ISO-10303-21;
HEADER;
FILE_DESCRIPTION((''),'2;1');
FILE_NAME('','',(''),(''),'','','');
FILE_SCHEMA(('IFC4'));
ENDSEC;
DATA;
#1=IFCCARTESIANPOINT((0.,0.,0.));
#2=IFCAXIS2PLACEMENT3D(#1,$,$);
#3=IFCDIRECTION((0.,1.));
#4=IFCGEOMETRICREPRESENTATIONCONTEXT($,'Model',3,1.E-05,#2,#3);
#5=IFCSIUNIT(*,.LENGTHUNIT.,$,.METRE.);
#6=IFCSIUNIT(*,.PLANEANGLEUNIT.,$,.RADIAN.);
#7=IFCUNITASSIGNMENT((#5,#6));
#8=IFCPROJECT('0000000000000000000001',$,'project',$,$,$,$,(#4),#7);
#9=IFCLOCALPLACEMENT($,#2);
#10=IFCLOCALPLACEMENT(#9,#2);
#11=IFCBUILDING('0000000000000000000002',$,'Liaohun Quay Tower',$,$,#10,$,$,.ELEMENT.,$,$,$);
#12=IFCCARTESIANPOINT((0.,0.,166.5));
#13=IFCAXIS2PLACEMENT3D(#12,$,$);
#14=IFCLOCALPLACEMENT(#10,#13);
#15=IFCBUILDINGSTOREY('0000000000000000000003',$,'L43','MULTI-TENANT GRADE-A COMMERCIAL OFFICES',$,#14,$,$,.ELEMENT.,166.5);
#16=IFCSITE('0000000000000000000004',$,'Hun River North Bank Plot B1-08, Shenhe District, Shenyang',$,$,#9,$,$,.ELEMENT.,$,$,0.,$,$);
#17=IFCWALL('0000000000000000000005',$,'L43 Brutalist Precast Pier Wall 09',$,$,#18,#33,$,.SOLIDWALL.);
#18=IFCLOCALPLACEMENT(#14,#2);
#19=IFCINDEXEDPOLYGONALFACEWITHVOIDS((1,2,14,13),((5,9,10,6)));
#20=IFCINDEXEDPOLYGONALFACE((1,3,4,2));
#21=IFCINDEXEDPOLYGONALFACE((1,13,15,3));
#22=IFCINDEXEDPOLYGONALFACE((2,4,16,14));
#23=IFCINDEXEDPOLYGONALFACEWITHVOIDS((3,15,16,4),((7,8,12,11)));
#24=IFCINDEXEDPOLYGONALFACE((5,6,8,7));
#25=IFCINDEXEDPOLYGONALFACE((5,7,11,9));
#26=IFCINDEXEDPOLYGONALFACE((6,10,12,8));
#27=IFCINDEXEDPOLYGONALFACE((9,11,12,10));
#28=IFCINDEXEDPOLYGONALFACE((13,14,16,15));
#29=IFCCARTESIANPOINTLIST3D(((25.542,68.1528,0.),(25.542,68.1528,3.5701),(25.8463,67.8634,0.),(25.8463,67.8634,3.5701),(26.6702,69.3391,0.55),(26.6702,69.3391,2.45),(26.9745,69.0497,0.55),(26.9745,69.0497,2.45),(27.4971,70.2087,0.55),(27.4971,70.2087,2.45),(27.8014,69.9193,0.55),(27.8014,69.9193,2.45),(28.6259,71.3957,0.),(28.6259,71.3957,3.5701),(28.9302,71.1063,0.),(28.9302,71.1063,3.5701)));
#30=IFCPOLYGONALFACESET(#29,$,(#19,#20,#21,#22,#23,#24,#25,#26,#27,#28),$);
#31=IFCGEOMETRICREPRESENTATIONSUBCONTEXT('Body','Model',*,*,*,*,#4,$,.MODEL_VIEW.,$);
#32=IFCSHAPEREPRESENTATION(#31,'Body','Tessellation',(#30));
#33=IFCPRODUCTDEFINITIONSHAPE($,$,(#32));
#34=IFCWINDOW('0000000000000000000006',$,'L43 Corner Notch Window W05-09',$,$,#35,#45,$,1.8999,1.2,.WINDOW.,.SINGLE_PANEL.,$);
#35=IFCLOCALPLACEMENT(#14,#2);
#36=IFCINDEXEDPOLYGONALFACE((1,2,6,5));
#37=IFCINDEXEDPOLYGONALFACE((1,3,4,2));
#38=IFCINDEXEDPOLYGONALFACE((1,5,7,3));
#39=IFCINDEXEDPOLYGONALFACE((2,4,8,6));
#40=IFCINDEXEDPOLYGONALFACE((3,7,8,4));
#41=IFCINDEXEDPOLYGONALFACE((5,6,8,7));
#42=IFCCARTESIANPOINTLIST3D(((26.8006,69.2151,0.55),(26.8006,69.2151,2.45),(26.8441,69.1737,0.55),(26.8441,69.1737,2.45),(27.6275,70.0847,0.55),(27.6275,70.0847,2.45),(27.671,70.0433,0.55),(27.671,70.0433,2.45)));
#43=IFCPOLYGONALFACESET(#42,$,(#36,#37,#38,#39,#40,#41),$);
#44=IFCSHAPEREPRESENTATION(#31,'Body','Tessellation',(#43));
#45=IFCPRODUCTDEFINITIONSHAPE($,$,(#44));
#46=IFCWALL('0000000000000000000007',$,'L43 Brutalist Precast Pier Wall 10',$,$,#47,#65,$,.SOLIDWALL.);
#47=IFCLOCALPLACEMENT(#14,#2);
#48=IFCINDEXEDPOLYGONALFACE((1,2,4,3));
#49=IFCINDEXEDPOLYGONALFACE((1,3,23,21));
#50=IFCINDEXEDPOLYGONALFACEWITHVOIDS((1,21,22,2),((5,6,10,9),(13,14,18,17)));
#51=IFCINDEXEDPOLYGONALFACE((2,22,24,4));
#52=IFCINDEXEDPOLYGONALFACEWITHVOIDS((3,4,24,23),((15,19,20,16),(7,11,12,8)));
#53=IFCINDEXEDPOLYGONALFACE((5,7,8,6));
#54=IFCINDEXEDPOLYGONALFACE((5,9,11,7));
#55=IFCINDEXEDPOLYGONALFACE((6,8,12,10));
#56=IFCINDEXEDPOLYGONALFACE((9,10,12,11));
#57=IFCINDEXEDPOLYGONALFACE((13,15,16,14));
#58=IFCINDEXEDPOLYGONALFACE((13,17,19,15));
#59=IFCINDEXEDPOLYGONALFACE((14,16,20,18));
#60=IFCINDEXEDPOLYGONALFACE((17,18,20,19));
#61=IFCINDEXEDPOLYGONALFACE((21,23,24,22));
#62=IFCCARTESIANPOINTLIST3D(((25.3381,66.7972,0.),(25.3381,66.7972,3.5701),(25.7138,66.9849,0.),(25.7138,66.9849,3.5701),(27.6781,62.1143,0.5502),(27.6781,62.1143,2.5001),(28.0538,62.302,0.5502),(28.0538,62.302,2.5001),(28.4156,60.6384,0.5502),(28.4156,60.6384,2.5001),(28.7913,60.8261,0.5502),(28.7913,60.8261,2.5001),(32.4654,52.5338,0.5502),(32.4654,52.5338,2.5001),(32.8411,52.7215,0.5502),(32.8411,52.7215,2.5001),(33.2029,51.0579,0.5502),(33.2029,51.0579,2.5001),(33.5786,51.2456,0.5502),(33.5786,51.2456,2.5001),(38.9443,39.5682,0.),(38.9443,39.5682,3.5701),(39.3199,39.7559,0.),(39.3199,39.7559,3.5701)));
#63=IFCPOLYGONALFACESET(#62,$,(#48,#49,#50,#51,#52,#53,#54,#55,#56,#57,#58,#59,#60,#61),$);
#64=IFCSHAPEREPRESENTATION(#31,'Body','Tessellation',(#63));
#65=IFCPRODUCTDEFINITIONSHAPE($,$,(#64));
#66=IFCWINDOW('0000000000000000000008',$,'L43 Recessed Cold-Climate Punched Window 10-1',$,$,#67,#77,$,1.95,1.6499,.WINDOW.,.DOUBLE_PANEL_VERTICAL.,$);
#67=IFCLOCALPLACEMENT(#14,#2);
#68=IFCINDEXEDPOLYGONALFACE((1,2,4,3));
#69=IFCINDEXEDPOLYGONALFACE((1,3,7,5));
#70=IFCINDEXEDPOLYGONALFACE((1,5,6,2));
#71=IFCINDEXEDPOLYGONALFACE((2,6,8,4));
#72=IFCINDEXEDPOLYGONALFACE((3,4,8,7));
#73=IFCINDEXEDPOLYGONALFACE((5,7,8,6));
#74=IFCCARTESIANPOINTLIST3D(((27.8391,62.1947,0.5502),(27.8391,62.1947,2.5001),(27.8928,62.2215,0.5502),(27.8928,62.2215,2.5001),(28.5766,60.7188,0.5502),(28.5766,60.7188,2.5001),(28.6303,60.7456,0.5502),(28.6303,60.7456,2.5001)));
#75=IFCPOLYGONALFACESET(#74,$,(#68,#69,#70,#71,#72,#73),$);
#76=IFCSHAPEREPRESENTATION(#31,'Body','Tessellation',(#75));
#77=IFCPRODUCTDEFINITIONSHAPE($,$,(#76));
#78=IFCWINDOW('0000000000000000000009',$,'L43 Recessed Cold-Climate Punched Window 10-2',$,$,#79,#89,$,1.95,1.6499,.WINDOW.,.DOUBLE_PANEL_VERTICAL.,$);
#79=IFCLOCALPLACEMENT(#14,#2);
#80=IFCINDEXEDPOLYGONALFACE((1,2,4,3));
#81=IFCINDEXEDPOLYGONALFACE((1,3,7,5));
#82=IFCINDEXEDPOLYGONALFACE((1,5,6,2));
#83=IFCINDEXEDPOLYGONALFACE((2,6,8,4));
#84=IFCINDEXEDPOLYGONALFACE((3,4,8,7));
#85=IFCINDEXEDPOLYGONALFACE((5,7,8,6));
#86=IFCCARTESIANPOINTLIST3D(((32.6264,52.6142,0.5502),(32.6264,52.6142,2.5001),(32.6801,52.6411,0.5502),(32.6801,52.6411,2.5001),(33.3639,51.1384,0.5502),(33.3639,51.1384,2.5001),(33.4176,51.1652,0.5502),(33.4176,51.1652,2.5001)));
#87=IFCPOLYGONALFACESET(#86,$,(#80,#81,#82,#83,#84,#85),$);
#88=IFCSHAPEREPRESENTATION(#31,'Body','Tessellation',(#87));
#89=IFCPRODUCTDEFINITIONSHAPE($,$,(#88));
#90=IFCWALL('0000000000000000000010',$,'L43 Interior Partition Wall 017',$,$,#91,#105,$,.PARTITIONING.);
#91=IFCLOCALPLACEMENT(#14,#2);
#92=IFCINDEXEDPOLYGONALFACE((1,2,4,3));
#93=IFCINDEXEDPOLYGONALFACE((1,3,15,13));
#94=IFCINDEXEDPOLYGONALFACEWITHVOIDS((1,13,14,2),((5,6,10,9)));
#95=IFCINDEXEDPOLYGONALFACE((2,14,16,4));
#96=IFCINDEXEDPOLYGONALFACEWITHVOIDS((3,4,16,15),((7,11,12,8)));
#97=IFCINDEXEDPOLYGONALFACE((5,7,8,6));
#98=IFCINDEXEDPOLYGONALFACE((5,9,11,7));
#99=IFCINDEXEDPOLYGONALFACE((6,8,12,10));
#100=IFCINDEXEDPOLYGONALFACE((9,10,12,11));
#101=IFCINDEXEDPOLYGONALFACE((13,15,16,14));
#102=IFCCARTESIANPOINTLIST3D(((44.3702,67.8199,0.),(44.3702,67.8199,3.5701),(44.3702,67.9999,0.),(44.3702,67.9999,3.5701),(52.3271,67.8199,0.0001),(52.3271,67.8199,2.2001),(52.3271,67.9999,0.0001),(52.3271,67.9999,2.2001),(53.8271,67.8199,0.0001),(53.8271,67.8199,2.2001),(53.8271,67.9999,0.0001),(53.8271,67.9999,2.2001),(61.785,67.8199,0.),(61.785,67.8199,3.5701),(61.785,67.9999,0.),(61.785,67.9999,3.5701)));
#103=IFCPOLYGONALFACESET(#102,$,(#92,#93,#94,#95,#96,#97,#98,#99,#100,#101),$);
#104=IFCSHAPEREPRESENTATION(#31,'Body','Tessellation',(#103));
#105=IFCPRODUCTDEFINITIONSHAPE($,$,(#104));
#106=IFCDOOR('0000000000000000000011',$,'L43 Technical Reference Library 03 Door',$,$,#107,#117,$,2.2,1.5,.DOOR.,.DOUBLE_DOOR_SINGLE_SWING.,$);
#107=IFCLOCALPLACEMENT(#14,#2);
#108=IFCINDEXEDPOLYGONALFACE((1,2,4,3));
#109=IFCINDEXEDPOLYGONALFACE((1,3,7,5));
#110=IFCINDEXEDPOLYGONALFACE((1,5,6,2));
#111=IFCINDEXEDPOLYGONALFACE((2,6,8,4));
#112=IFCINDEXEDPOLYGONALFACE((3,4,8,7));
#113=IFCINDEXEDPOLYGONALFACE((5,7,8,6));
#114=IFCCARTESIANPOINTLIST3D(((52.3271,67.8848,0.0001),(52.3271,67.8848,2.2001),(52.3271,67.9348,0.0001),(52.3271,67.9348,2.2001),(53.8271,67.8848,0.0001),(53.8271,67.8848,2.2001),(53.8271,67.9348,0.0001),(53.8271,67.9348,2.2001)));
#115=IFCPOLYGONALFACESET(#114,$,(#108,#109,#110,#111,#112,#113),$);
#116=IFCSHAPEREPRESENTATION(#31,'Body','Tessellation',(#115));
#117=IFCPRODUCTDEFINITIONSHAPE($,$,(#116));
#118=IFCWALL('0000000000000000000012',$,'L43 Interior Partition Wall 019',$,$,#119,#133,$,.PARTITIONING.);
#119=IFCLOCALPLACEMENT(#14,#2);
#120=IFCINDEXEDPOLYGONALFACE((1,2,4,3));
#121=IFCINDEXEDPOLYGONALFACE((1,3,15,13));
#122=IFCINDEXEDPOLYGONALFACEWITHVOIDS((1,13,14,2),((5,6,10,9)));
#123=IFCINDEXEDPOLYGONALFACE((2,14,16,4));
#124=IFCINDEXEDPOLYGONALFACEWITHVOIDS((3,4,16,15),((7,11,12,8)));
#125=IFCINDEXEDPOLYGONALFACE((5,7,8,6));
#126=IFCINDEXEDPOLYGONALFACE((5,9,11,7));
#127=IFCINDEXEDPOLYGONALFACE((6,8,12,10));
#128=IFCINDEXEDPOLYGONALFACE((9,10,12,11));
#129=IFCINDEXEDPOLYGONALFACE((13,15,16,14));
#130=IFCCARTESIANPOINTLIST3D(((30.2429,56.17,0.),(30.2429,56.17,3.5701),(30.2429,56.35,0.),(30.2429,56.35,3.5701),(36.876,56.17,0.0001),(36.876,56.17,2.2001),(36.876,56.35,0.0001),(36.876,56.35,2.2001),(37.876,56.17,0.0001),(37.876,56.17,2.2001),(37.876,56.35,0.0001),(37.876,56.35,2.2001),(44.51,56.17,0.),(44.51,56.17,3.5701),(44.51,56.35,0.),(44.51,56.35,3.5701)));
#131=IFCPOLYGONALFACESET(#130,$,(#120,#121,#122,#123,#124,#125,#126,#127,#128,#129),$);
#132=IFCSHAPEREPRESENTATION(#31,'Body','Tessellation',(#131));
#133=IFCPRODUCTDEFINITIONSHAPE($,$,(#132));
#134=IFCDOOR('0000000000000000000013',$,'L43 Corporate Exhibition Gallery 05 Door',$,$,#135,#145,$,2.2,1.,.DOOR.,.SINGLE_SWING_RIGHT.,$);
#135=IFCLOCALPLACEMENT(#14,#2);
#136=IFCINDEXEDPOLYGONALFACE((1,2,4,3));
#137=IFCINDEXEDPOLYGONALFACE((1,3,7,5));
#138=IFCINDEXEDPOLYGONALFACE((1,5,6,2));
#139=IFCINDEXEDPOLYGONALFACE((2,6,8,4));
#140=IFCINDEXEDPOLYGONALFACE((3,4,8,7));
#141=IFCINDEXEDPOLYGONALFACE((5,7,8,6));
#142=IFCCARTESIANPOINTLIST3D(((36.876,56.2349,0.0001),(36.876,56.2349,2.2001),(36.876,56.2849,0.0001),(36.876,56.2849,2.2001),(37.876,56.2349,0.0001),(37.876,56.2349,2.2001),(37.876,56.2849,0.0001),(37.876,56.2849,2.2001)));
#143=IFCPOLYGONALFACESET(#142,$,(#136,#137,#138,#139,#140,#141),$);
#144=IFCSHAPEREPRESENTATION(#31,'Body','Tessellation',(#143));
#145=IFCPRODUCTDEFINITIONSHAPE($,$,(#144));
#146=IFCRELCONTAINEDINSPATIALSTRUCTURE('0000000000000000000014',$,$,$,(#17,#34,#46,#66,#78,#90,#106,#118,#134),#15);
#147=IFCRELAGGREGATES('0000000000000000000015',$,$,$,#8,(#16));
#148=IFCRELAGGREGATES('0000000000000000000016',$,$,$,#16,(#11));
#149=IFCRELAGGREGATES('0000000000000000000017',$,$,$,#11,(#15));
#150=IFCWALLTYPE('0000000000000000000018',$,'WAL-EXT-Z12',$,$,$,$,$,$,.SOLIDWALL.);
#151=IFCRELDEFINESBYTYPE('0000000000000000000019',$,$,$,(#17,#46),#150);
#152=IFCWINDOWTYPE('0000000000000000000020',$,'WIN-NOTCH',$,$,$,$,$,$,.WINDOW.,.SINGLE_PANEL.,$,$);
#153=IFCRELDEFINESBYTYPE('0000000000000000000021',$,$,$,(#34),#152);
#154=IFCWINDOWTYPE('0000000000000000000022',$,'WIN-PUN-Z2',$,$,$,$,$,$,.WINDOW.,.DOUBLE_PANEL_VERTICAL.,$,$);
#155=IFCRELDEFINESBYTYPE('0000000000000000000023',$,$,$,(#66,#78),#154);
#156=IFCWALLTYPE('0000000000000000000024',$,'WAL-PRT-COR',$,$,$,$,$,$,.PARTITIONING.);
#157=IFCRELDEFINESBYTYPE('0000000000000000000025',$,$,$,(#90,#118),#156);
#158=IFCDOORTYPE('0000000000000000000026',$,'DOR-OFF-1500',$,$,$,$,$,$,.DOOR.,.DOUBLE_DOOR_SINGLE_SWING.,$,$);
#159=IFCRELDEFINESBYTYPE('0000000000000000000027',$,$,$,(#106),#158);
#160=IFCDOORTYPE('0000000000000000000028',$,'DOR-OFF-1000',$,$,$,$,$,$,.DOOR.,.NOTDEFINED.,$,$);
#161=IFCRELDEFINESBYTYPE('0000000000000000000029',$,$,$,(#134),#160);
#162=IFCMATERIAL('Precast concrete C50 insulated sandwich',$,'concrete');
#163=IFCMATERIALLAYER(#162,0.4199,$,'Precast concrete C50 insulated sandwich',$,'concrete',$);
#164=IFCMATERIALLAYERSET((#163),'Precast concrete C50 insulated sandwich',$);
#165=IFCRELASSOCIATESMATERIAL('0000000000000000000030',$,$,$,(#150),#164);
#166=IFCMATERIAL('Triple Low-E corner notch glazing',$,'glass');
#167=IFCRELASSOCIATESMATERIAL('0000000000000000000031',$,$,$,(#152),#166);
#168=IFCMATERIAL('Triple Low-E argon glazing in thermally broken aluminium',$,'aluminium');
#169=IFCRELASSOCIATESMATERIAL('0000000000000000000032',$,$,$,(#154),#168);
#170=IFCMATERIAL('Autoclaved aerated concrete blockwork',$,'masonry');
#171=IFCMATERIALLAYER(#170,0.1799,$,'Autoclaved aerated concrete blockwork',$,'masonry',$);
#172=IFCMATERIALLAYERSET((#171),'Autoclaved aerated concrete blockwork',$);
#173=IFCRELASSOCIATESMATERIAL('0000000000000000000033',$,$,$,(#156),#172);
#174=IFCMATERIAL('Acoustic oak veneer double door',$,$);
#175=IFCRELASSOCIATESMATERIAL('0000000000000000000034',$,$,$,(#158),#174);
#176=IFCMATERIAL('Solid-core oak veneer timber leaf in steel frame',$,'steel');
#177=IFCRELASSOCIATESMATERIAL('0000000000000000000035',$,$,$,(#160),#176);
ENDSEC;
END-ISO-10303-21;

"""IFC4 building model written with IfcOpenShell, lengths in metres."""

from ifc_helpers import new_model, si_unit, direction, frame, frame_2d, origin, place, context, subcontext, project, spatial, rectangle, extrude, source, transform, mapped, material, layer, layer_set, type_object, element, fill, save


model = new_model("IFC4")

# Units and contexts
model_context = context("Model", 3, precision=1e-05, world=origin(), true_north=direction((0.0, 1.0)))
body_context = subcontext(model_context, "Body", "Model", "MODEL_VIEW")
ifc_project = project(units=[si_unit("LENGTHUNIT", "METRE"), si_unit("PLANEANGLEUNIT", "RADIAN")], contexts=[model_context])

# Site, building, storey
site_placement = place(None, origin())
site = spatial("IfcSite", under=ifc_project, at=site_placement, Name="Hun River North Bank Plot B1-08, Shenhe District, Shenyang", CompositionType="ELEMENT", RefElevation=0.0)
building_placement = place(site_placement, origin())
building = spatial("IfcBuilding", under=site, at=building_placement, Name="Liaohun Quay Tower", CompositionType="ELEMENT")
storey_placement = place(building_placement, frame((0.0, 0.0, 166.5)))
storey = spatial("IfcBuildingStorey", under=building, at=storey_placement, Name="L43", Description="MULTI-TENANT GRADE-A COMMERCIAL OFFICES", CompositionType="ELEMENT", Elevation=166.5)

# Wall, opening, window
ifc_material_1 = material(Name="Precast concrete C50 insulated sandwich", Category="concrete")
ifc_layer_1 = layer(ifc_material_1, 0.4199, Name="Precast concrete C50 insulated sandwich", Category="concrete")
ifc_layer_set_1 = layer_set([ifc_layer_1], Name="Precast concrete C50 insulated sandwich")
wall_type_1 = type_object("IfcWallType", Name="WAL-EXT-Z12", PredefinedType="SOLIDWALL", material=ifc_layer_set_1)
shared_shape_1 = source(origin(), body_context, "Body", "SweptSolid", [
    extrude(rectangle(XDim=1.2, YDim=1.8999, at=frame_2d((0.6001, 0.95))), frame((0.0, 0.22, 0.0), z_axis=(0.0, -1.0, 0.0), x_axis=(1.0, 0.0, 0.0)), (0.0, 0.0, 1.0), 0.4399),
])
ifc_material_2 = material(Name="Triple Low-E corner notch glazing", Category="glass")
window_type_1 = type_object("IfcWindowType", Name="WIN-NOTCH", PartitioningType="SINGLE_PANEL", PredefinedType="WINDOW", material=ifc_material_2)
shared_shape_2 = source(origin(), body_context, "Body", "SweptSolid", [
    extrude(rectangle(XDim=1.2, YDim=1.8999, at=frame_2d((0.6001, 0.95))), frame((0.0, 0.03, 0.0), z_axis=(0.0, -1.0, 0.0), x_axis=(1.0, 0.0, 0.0)), (0.0, 0.0, 1.0), 0.0601),
])
wall_1_placement = place(storey_placement, frame((28.7781, 71.251, 0.0), z_axis=(0.0, 0.0, 1.0), x_axis=(-0.689126, -0.724641, 0.0)))
wall_1 = element("IfcWall", 1, at=wall_1_placement, inside=storey, type_object=wall_type_1, Name="L43 Brutalist Precast Pier Wall 09", PredefinedType="SOLIDWALL", context=body_context, shape_type="SweptSolid", body=[
    extrude(rectangle(XDim=4.4751, YDim=0.4199, at=frame_2d((2.2375, 0.0))), origin(), (0.0, 0.0, 1.0), 3.5701),
])
opening_1_placement = place(wall_1_placement, frame((1.6379, 0.0, 0.55)))
opening_1 = element("IfcOpeningElement", 2, at=opening_1_placement, cuts=wall_1, PredefinedType="OPENING", context=body_context, shape_type="MappedRepresentation", body=[
    mapped(shared_shape_1, transform((0.0, 0.0, 0.0), x_axis=(1.0, 0.0, 0.0), y_axis=(0.0, 1.0, 0.0), z_axis=(0.0, 0.0, 1.0), scale=1.0)),
])
window_1_placement = place(opening_1_placement, origin())
window_1 = element("IfcWindow", 3, at=window_1_placement, inside=storey, type_object=window_type_1, Name="L43 Corner Notch Window W05-09", OverallHeight=1.8999, OverallWidth=1.2, PartitioningType="SINGLE_PANEL", PredefinedType="WINDOW", context=body_context, shape_type="MappedRepresentation", body=[
    mapped(shared_shape_2, transform((0.0, 0.0, 0.0), x_axis=(1.0, 0.0, 0.0), y_axis=(0.0, 1.0, 0.0), z_axis=(0.0, 0.0, 1.0), scale=1.0)),
])
fill(opening_1, window_1)

# Wall, openings, windows
wall_2_placement = place(storey_placement, frame((25.5259, 66.8911, 0.0), z_axis=(0.0, 0.0, 1.0), x_axis=(0.446995, -0.894536, 0.0)))
wall_2 = element("IfcWall", 4, at=wall_2_placement, inside=storey, type_object=wall_type_1, Name="L43 Brutalist Precast Pier Wall 10", PredefinedType="SOLIDWALL", context=body_context, shape_type="SweptSolid", body=[
    extrude(rectangle(XDim=30.4392, YDim=0.4199, at=frame_2d((15.2197, 0.0))), origin(), (0.0, 0.0, 1.0), 3.5701),
])
shared_shape_3 = source(origin(), body_context, "Body", "SweptSolid", [
    extrude(rectangle(XDim=1.6499, YDim=1.95, at=frame_2d((0.825, 0.9751))), frame((0.0, 0.22, 0.0), z_axis=(0.0, -1.0, 0.0), x_axis=(1.0, 0.0, 0.0)), (0.0, 0.0, 1.0), 0.4399),
])
opening_2_placement = place(wall_2_placement, frame((5.2351, 0.0, 0.55)))
opening_2 = element("IfcOpeningElement", 5, at=opening_2_placement, cuts=wall_2, PredefinedType="OPENING", context=body_context, shape_type="MappedRepresentation", body=[
    mapped(shared_shape_3, transform((0.0, 0.0, 0.0), x_axis=(1.0, 0.0, 0.0), y_axis=(0.0, 1.0, 0.0), z_axis=(0.0, 0.0, 1.0), scale=1.0)),
])
opening_3_placement = place(wall_2_placement, frame((15.9451, 0.0, 0.55)))
opening_3 = element("IfcOpeningElement", 6, at=opening_3_placement, cuts=wall_2, PredefinedType="OPENING", context=body_context, shape_type="MappedRepresentation", body=[
    mapped(shared_shape_3, transform((0.0, 0.0, 0.0), x_axis=(1.0, 0.0, 0.0), y_axis=(0.0, 1.0, 0.0), z_axis=(0.0, 0.0, 1.0), scale=1.0)),
])
ifc_material_3 = material(Name="Triple Low-E argon glazing in thermally broken aluminium", Category="aluminium")
window_type_2 = type_object("IfcWindowType", Name="WIN-PUN-Z2", PartitioningType="DOUBLE_PANEL_VERTICAL", PredefinedType="WINDOW", material=ifc_material_3)
shared_shape_4 = source(origin(), body_context, "Body", "SweptSolid", [
    extrude(rectangle(XDim=1.6499, YDim=1.95, at=frame_2d((0.825, 0.9751))), frame((0.0, 0.03, 0.0), z_axis=(0.0, -1.0, 0.0), x_axis=(1.0, 0.0, 0.0)), (0.0, 0.0, 1.0), 0.0601),
])
window_2_placement = place(opening_2_placement, origin())
window_2 = element("IfcWindow", 7, at=window_2_placement, inside=storey, type_object=window_type_2, Name="L43 Recessed Cold-Climate Punched Window 10-1", OverallHeight=1.95, OverallWidth=1.6499, PartitioningType="DOUBLE_PANEL_VERTICAL", PredefinedType="WINDOW", context=body_context, shape_type="MappedRepresentation", body=[
    mapped(shared_shape_4, transform((0.0, 0.0, 0.0), x_axis=(1.0, 0.0, 0.0), y_axis=(0.0, 1.0, 0.0), z_axis=(0.0, 0.0, 1.0), scale=1.0)),
])
fill(opening_2, window_2)
window_3_placement = place(opening_3_placement, origin())
window_3 = element("IfcWindow", 8, at=window_3_placement, inside=storey, type_object=window_type_2, Name="L43 Recessed Cold-Climate Punched Window 10-2", OverallHeight=1.95, OverallWidth=1.6499, PartitioningType="DOUBLE_PANEL_VERTICAL", PredefinedType="WINDOW", context=body_context, shape_type="MappedRepresentation", body=[
    mapped(shared_shape_4, transform((0.0, 0.0, 0.0), x_axis=(1.0, 0.0, 0.0), y_axis=(0.0, 1.0, 0.0), z_axis=(0.0, 0.0, 1.0), scale=1.0)),
])
fill(opening_3, window_3)

# Walls, openings, doors
ifc_material_4 = material(Name="Autoclaved aerated concrete blockwork", Category="masonry")
ifc_layer_2 = layer(ifc_material_4, 0.1799, Name="Autoclaved aerated concrete blockwork", Category="masonry")
ifc_layer_set_2 = layer_set([ifc_layer_2], Name="Autoclaved aerated concrete blockwork")
wall_type_2 = type_object("IfcWallType", Name="WAL-PRT-COR", PredefinedType="PARTITIONING", material=ifc_layer_set_2)
wall_3_placement = place(storey_placement, frame((44.3701, 67.9099, 0.0), z_axis=(0.0, 0.0, 1.0), x_axis=(1.0, 0.0, 0.0)))
wall_3 = element("IfcWall", 9, at=wall_3_placement, inside=storey, type_object=wall_type_2, Name="L43 Interior Partition Wall 017", PredefinedType="PARTITIONING", context=body_context, shape_type="SweptSolid", body=[
    extrude(rectangle(XDim=17.4148, YDim=0.1799, at=frame_2d((8.7075, 0.0))), origin(), (0.0, 0.0, 1.0), 3.5701),
])
shared_shape_5 = source(origin(), body_context, "Body", "SweptSolid", [
    extrude(rectangle(XDim=1.5, YDim=2.2, at=frame_2d((0.75, 1.1001))), frame((0.0, 0.0999, 0.0), z_axis=(0.0, -1.0, 0.0), x_axis=(1.0, 0.0, 0.0)), (0.0, 0.0, 1.0), 0.2),
])
opening_4_placement = place(wall_3_placement, frame((7.957, 0.0, 0.0)))
opening_4 = element("IfcOpeningElement", 10, at=opening_4_placement, cuts=wall_3, PredefinedType="OPENING", context=body_context, shape_type="MappedRepresentation", body=[
    mapped(shared_shape_5, transform((0.0, 0.0, 0.0), x_axis=(1.0, 0.0, 0.0), y_axis=(0.0, 1.0, 0.0), z_axis=(0.0, 0.0, 1.0), scale=1.0)),
])
ifc_material_5 = material(Name="Acoustic oak veneer double door")
door_type_1 = type_object("IfcDoorType", Name="DOR-OFF-1500", OperationType="DOUBLE_DOOR_SINGLE_SWING", PredefinedType="DOOR", material=ifc_material_5)
shared_shape_6 = source(origin(), body_context, "Body", "SweptSolid", [
    extrude(rectangle(XDim=1.5, YDim=2.2, at=frame_2d((0.75, 1.1001))), frame((0.0, 0.0249, 0.0), z_axis=(0.0, -1.0, 0.0), x_axis=(1.0, 0.0, 0.0)), (0.0, 0.0, 1.0), 0.05),
])
door_1_placement = place(opening_4_placement, origin())
door_1 = element("IfcDoor", 11, at=door_1_placement, inside=storey, type_object=door_type_1, Name="L43 Technical Reference Library 03 Door", OperationType="DOUBLE_DOOR_SINGLE_SWING", OverallHeight=2.2, OverallWidth=1.5, PredefinedType="DOOR", context=body_context, shape_type="MappedRepresentation", body=[
    mapped(shared_shape_6, transform((0.0, 0.0, 0.0), x_axis=(1.0, 0.0, 0.0), y_axis=(0.0, 1.0, 0.0), z_axis=(0.0, 0.0, 1.0), scale=1.0)),
])
fill(opening_4, door_1)
wall_4_placement = place(storey_placement, frame((30.2429, 56.26, 0.0), z_axis=(0.0, 0.0, 1.0), x_axis=(1.0, 0.0, 0.0)))
wall_4 = element("IfcWall", 12, at=wall_4_placement, inside=storey, type_object=wall_type_2, Name="L43 Interior Partition Wall 019", PredefinedType="PARTITIONING", context=body_context, shape_type="SweptSolid", body=[
    extrude(rectangle(XDim=14.2671, YDim=0.1799, at=frame_2d((7.1335, 0.0))), origin(), (0.0, 0.0, 1.0), 3.5701),
])
shared_shape_7 = source(origin(), body_context, "Body", "SweptSolid", [
    extrude(rectangle(XDim=1.0, YDim=2.2, at=frame_2d((0.5, 1.1001))), frame((0.0, 0.0999, 0.0), z_axis=(0.0, -1.0, 0.0), x_axis=(1.0, 0.0, 0.0)), (0.0, 0.0, 1.0), 0.2),
])
opening_5_placement = place(wall_4_placement, frame((6.6331, 0.0, 0.0)))
opening_5 = element("IfcOpeningElement", 13, at=opening_5_placement, cuts=wall_4, PredefinedType="OPENING", context=body_context, shape_type="MappedRepresentation", body=[
    mapped(shared_shape_7, transform((0.0, 0.0, 0.0), x_axis=(1.0, 0.0, 0.0), y_axis=(0.0, 1.0, 0.0), z_axis=(0.0, 0.0, 1.0), scale=1.0)),
])
ifc_material_6 = material(Name="Solid-core oak veneer timber leaf in steel frame", Category="steel")
door_type_2 = type_object("IfcDoorType", Name="DOR-OFF-1000", OperationType="NOTDEFINED", PredefinedType="DOOR", material=ifc_material_6)
shared_shape_8 = source(origin(), body_context, "Body", "SweptSolid", [
    extrude(rectangle(XDim=1.0, YDim=2.2, at=frame_2d((0.5, 1.1001))), frame((0.0, 0.0249, 0.0), z_axis=(0.0, -1.0, 0.0), x_axis=(1.0, 0.0, 0.0)), (0.0, 0.0, 1.0), 0.05),
])
door_2_placement = place(opening_5_placement, origin())
door_2 = element("IfcDoor", 14, at=door_2_placement, inside=storey, type_object=door_type_2, Name="L43 Corporate Exhibition Gallery 05 Door", OperationType="SINGLE_SWING_RIGHT", OverallHeight=2.2, OverallWidth=1.0, PredefinedType="DOOR", context=body_context, shape_type="MappedRepresentation", body=[
    mapped(shared_shape_8, transform((0.0, 0.0, 0.0), x_axis=(1.0, 0.0, 0.0), y_axis=(0.0, 1.0, 0.0), z_axis=(0.0, 0.0, 1.0), scale=1.0)),
])
fill(opening_5, door_2)

save(model, "model.ifc")
